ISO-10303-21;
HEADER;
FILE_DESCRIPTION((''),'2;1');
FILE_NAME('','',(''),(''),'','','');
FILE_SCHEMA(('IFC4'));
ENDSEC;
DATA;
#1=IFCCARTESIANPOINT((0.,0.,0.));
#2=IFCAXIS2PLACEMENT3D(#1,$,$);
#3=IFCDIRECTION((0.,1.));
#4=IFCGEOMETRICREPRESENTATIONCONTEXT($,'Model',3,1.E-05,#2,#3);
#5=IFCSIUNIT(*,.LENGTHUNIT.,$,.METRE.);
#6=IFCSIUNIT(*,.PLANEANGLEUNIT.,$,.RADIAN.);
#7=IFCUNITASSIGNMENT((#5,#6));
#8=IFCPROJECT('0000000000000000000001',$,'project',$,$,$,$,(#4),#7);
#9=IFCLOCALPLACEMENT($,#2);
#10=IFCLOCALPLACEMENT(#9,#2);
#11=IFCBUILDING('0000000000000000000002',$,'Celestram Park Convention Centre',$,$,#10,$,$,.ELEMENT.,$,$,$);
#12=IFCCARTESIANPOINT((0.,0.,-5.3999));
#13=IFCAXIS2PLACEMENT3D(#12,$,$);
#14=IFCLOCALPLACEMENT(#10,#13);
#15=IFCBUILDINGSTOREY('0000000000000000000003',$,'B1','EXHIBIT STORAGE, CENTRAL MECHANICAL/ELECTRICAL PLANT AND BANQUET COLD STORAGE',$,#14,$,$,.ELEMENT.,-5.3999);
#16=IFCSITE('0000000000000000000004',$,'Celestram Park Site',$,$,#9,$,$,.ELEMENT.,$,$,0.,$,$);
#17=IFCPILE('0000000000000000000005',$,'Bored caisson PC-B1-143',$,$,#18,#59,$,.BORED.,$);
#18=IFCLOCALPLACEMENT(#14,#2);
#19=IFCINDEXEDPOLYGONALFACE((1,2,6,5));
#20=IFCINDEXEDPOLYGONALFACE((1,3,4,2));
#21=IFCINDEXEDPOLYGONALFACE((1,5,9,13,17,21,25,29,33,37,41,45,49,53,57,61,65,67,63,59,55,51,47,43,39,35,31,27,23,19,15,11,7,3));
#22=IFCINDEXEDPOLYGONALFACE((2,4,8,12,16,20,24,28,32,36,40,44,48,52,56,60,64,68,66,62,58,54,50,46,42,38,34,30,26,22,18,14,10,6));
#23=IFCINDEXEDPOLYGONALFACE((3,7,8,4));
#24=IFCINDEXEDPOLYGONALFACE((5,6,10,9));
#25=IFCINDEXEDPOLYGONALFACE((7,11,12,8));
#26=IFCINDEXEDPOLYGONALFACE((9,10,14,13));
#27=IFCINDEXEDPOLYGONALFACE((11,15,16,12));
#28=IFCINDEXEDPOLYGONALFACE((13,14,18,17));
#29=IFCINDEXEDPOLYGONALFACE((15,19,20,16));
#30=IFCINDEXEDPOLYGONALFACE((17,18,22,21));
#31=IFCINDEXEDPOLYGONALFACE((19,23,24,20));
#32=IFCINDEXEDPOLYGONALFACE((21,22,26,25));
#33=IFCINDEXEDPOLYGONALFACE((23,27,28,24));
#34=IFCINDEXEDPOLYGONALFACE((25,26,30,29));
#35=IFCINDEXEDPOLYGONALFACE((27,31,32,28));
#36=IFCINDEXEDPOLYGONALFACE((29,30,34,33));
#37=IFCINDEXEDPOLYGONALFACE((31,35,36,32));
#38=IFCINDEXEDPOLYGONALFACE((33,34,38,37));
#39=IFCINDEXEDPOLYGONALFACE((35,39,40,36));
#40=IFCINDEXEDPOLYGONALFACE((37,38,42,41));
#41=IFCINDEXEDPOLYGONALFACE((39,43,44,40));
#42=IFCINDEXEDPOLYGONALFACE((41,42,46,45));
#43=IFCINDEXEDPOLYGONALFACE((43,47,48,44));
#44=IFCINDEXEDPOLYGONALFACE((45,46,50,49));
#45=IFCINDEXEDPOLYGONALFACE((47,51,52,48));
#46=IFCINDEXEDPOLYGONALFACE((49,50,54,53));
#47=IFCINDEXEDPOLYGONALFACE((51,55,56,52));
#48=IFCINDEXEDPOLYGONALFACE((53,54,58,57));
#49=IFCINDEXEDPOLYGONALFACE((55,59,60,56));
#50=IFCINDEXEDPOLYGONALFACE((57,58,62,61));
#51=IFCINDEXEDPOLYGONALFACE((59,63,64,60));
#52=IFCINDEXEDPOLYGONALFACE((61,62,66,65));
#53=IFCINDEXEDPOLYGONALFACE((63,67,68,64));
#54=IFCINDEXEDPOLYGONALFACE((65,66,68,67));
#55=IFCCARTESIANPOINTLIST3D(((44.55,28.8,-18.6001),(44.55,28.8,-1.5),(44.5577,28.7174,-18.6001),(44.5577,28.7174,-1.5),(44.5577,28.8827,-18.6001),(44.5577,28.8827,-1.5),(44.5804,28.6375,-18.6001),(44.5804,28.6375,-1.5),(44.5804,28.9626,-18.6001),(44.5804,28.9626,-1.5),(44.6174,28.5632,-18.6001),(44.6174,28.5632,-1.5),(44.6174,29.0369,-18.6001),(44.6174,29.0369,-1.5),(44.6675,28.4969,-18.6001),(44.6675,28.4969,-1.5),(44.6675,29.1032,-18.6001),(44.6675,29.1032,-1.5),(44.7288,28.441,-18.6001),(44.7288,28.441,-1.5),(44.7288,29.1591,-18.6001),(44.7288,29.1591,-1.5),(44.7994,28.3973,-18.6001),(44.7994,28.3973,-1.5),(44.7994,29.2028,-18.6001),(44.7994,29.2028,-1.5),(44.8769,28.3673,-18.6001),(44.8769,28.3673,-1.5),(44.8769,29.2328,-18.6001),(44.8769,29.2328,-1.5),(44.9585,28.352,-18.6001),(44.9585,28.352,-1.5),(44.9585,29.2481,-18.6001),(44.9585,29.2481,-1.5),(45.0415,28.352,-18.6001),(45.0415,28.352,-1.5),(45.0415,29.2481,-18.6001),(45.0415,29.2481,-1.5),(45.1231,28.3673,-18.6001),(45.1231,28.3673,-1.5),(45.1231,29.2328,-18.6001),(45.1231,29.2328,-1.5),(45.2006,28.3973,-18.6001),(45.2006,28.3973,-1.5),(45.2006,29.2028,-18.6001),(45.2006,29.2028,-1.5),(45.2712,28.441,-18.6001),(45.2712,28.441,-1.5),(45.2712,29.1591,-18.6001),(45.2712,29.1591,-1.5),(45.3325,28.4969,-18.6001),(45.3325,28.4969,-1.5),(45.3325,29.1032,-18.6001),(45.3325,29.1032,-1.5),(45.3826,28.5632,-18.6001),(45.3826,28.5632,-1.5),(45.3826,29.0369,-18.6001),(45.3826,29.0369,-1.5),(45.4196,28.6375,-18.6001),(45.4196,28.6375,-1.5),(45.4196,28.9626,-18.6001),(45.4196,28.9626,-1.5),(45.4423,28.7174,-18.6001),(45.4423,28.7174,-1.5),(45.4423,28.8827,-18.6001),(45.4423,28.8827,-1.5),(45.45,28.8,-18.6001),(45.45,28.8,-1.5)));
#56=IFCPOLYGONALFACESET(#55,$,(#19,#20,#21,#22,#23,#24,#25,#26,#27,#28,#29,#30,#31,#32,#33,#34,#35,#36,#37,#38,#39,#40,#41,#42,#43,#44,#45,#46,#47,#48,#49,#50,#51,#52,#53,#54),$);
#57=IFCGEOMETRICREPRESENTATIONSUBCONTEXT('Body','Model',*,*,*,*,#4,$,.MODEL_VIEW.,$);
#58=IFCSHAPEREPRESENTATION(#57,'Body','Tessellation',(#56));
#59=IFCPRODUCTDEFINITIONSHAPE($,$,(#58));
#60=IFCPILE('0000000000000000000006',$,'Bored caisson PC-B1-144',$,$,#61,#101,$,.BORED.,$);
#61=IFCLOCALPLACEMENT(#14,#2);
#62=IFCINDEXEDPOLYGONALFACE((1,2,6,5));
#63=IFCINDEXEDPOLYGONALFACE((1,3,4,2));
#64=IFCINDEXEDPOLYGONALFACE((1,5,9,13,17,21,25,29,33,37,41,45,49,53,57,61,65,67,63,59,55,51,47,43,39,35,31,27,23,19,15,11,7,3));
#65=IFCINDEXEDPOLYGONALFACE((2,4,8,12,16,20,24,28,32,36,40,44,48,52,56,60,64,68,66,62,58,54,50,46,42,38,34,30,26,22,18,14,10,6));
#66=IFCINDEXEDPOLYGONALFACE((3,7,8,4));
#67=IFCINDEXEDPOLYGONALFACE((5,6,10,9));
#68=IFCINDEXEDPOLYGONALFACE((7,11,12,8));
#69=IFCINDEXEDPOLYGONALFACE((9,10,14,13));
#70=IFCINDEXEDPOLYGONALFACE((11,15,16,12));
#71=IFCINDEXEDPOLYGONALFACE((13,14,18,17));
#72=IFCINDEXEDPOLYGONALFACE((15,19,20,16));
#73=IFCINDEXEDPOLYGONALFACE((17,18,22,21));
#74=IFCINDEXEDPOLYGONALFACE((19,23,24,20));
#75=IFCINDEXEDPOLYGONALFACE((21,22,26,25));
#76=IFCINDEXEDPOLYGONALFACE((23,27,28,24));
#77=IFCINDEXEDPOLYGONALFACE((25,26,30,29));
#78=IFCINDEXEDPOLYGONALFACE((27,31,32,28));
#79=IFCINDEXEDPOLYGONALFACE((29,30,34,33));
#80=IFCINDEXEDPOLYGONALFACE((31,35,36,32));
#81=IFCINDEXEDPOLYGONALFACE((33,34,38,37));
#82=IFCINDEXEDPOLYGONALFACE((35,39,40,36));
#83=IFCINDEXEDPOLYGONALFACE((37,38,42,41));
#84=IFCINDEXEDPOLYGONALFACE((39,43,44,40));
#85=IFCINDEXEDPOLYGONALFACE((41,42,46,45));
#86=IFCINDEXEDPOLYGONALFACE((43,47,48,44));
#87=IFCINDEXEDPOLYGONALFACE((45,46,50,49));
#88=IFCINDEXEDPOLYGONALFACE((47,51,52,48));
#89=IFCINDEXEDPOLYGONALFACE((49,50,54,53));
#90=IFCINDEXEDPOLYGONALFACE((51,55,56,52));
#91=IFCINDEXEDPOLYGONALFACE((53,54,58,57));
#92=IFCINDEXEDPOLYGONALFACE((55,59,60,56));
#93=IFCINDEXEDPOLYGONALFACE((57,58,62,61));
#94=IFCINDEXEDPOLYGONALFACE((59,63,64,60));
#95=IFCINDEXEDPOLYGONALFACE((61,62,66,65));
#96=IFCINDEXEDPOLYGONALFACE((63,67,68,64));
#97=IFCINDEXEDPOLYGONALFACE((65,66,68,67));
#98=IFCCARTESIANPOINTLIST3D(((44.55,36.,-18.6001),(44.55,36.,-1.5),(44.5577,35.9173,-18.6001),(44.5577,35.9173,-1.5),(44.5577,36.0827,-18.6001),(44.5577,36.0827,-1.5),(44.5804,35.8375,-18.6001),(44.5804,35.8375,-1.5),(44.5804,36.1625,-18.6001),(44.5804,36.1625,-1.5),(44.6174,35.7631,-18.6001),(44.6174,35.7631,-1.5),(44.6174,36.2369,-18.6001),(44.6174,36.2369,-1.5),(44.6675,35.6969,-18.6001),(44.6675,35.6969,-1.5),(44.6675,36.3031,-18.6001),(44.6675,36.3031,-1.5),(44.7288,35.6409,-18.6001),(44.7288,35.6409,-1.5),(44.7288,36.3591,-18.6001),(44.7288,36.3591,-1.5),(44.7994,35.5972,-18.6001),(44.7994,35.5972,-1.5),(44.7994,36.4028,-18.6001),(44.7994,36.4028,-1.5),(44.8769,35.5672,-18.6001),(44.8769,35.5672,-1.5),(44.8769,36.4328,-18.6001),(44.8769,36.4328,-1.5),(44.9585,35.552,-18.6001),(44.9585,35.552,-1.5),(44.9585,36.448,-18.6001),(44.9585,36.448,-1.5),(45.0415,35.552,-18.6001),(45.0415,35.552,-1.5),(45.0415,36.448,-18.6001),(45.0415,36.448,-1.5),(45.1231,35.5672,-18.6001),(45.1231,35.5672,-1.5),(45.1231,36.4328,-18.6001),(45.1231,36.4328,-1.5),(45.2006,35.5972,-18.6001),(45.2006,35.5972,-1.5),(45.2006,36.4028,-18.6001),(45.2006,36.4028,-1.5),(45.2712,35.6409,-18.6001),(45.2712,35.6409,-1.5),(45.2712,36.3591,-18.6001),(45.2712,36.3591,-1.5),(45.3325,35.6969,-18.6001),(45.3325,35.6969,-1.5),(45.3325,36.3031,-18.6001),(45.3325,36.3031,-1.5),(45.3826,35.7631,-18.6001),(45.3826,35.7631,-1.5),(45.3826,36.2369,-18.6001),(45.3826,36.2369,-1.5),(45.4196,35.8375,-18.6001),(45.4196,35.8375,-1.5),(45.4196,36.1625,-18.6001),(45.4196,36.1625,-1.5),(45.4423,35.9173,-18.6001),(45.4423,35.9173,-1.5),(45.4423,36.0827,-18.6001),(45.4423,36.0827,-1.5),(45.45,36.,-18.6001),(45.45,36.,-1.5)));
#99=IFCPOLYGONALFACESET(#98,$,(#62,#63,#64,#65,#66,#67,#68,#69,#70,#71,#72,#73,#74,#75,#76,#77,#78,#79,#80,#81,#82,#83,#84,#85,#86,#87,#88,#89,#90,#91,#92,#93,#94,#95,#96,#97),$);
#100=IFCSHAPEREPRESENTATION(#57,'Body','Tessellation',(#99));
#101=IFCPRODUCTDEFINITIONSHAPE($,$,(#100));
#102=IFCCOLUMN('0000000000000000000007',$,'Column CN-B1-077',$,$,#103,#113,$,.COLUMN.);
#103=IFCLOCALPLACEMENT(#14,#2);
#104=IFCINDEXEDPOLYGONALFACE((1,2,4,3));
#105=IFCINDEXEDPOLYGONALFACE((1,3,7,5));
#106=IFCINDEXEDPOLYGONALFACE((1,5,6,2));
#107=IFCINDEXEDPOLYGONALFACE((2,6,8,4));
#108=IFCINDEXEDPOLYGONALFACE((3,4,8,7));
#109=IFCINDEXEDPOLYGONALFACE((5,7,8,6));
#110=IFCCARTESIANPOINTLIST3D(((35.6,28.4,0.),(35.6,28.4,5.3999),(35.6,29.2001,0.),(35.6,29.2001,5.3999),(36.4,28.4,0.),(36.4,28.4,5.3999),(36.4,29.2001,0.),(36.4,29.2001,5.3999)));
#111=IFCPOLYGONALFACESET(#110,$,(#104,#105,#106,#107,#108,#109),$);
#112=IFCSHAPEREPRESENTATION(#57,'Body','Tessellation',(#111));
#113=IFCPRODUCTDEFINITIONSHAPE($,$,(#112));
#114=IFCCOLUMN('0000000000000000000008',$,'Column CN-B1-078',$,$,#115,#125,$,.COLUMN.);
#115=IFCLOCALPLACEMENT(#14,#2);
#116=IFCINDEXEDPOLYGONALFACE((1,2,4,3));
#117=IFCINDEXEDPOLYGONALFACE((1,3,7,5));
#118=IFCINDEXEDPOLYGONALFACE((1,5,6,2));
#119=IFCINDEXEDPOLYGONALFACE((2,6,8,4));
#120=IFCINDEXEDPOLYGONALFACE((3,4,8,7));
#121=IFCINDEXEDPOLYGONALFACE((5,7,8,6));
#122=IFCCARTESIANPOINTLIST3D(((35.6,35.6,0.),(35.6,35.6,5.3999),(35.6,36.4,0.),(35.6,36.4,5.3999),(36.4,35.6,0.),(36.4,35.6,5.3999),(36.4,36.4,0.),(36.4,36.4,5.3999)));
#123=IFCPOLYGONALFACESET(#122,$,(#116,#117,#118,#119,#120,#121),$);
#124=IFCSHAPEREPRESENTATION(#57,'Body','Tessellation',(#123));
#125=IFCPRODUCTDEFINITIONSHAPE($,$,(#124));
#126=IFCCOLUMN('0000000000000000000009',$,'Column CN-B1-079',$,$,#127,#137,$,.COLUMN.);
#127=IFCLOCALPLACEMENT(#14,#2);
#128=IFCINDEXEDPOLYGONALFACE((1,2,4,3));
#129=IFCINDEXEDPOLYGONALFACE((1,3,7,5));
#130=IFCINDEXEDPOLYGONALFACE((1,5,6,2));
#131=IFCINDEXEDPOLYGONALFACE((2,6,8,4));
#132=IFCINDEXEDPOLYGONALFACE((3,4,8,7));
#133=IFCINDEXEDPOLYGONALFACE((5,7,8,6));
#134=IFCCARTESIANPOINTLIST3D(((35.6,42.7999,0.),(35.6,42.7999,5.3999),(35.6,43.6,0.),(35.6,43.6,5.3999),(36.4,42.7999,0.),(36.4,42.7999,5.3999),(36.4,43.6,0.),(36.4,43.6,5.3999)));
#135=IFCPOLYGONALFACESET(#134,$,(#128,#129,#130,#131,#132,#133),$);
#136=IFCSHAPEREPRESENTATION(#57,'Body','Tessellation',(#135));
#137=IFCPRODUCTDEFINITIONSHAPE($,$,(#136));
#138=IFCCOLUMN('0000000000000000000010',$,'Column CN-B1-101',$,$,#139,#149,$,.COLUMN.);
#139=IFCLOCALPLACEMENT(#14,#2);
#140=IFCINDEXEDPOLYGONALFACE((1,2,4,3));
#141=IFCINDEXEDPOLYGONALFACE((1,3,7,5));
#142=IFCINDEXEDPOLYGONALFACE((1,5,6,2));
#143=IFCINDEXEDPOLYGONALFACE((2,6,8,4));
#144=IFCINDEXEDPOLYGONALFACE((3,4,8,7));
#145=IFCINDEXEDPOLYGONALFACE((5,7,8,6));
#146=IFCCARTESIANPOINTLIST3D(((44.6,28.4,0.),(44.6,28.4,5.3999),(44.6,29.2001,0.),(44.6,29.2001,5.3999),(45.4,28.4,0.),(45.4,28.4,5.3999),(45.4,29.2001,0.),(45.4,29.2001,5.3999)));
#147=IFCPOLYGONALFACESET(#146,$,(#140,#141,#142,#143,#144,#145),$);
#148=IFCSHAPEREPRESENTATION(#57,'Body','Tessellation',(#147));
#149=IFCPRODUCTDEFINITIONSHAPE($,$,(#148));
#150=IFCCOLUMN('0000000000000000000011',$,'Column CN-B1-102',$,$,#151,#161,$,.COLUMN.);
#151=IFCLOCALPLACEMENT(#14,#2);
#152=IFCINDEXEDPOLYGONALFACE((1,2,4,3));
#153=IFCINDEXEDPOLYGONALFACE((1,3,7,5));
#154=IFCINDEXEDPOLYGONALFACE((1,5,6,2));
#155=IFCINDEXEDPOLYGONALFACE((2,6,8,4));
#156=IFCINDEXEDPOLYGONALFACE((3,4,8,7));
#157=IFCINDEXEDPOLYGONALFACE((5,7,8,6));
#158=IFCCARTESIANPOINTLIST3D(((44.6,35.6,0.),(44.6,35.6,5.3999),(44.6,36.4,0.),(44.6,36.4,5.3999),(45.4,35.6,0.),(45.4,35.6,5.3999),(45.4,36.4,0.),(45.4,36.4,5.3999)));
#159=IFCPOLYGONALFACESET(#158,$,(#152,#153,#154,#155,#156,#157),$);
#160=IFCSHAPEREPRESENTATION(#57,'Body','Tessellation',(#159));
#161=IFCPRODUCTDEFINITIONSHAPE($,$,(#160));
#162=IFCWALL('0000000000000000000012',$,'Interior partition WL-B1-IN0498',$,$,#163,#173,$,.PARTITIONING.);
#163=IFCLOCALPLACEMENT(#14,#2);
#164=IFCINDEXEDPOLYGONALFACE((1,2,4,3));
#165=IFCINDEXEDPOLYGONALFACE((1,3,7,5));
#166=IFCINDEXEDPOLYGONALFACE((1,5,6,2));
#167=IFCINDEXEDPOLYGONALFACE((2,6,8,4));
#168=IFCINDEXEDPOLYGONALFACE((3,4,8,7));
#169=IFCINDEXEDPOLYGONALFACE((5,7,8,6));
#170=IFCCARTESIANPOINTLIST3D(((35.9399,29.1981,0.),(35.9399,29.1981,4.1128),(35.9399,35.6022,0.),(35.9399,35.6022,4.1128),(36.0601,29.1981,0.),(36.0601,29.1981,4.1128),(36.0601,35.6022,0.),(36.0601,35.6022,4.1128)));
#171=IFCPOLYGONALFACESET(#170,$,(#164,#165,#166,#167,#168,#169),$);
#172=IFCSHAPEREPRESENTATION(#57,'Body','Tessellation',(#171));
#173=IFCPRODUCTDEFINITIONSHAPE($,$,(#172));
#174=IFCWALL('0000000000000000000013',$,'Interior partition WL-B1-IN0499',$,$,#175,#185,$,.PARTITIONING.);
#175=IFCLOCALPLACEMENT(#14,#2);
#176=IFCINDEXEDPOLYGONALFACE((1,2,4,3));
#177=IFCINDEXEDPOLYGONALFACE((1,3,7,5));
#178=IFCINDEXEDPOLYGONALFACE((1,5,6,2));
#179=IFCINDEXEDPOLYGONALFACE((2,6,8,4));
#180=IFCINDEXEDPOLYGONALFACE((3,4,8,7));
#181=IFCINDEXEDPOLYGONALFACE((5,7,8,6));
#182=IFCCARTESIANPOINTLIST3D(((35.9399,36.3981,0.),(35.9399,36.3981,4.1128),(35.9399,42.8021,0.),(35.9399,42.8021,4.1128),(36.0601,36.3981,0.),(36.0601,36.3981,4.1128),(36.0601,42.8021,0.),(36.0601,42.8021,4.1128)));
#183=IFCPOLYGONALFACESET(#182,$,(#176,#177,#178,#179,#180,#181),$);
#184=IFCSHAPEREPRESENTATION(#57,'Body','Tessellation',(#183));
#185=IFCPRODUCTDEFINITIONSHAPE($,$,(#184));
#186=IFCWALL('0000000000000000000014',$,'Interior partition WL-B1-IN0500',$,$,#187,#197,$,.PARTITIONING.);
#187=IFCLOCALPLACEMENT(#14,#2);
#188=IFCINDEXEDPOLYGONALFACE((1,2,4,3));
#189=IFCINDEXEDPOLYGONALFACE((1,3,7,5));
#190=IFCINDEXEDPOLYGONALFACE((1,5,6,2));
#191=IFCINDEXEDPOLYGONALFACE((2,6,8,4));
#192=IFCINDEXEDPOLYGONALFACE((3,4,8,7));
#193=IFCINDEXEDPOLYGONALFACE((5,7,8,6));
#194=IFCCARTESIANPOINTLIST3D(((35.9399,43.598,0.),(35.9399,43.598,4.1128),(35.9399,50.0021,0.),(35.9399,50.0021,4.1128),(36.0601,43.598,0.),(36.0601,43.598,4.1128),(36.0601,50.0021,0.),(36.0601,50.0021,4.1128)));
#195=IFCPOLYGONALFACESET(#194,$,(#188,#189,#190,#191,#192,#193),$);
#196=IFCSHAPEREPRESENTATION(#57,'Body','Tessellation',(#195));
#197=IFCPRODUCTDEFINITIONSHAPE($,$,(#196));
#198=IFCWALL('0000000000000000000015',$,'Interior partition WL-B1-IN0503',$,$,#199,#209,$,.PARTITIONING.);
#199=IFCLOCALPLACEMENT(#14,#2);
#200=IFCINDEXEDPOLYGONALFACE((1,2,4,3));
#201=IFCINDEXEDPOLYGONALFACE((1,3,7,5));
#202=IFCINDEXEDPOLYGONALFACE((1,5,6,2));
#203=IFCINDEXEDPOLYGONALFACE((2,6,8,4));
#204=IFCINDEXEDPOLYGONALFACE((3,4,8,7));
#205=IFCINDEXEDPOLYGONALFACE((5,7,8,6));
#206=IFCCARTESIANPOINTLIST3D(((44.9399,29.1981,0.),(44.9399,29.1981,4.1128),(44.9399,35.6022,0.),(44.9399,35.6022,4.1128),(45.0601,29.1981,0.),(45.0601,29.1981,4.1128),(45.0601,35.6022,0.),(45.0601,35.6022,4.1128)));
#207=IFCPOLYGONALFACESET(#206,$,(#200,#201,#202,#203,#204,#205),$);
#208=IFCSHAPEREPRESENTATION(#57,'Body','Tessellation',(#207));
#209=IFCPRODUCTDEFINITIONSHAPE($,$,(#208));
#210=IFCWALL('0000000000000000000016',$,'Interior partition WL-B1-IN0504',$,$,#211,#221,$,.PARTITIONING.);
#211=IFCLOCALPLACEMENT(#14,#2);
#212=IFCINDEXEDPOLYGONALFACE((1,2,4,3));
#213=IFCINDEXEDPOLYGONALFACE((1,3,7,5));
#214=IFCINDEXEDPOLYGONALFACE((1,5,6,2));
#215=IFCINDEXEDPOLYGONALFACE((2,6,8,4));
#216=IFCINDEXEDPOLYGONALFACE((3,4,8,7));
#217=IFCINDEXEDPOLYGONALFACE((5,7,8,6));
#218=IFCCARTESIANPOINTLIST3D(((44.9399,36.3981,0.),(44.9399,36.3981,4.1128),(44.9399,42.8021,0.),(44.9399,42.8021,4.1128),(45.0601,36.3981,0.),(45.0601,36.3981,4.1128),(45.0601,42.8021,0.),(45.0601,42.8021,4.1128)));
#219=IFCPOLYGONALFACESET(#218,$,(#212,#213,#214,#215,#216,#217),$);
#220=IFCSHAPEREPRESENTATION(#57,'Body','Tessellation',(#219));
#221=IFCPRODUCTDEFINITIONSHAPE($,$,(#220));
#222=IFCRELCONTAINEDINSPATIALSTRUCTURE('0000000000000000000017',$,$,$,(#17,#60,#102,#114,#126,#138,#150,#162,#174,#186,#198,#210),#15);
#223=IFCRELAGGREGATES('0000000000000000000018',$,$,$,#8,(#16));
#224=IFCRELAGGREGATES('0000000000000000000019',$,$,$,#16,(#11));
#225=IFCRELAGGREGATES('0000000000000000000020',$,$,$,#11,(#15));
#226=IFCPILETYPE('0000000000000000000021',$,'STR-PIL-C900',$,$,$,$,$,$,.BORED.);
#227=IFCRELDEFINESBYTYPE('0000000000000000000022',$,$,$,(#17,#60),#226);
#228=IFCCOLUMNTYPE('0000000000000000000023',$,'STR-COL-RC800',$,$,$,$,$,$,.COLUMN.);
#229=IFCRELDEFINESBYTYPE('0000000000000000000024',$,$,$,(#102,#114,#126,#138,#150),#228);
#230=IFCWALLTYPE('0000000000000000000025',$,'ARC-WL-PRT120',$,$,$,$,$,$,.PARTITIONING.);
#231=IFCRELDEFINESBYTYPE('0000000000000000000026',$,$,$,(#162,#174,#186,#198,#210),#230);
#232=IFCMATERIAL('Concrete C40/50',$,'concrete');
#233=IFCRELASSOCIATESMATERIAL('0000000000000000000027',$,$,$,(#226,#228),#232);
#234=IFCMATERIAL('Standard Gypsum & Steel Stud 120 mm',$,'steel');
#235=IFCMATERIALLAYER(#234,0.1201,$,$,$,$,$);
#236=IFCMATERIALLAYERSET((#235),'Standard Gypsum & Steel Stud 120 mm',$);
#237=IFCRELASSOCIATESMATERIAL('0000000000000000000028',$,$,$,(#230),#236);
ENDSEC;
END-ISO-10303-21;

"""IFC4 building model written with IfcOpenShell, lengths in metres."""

from ifc_helpers import new_model, si_unit, direction, frame, frame_2d, origin, origin_2d, place, context, subcontext, project, spatial, rectangle, circle, extrude, material, layer, layer_set, material_profile, profile_set, type_object, element, save


model = new_model("IFC4")

# Units and contexts
model_context = context("Model", 3, precision=1e-05, world=origin(), true_north=direction((0.0, 1.0)))
body_context = subcontext(model_context, "Body", "Model", "MODEL_VIEW")
ifc_project = project(units=[si_unit("LENGTHUNIT", "METRE"), si_unit("PLANEANGLEUNIT", "RADIAN")], contexts=[model_context])

# Site, building, storey
site_placement = place(None, origin())
site = spatial("IfcSite", under=ifc_project, at=site_placement, Name="Celestram Park Site", CompositionType="ELEMENT", RefElevation=0.0)
building_placement = place(site_placement, origin())
building = spatial("IfcBuilding", under=site, at=building_placement, Name="Celestram Park Convention Centre", CompositionType="ELEMENT")
storey_placement = place(building_placement, frame((0.0, 0.0, -5.3999)))
storey = spatial("IfcBuildingStorey", under=building, at=storey_placement, Name="B1", Description="EXHIBIT STORAGE, CENTRAL MECHANICAL/ELECTRICAL PLANT AND BANQUET COLD STORAGE", CompositionType="ELEMENT", Elevation=-5.3999)

# Shared definitions
ifc_material_1 = material(Name="Concrete C40/50", Category="concrete")

# Piles
ifc_material_profile_1 = material_profile(ifc_material_1, circle(Radius=0.45, at=origin_2d()), Name="CAISSON900")
ifc_profile_set_1 = profile_set([ifc_material_profile_1], Name="Concrete C40/50")
pile_type = type_object("IfcPileType", Name="STR-PIL-C900", PredefinedType="BORED", material=ifc_profile_set_1)
for number, where, z_axis, x_axis, name in (
    (1, (45.0, 28.8, -1.5), (0.0, 0.0, -1.0), (1.0, 0.0, 0.0), "Bored caisson PC-B1-143"),
    (2, (45.0, 36.0, -1.5), (0.0, 0.0, -1.0), (1.0, 0.0, 0.0), "Bored caisson PC-B1-144"),
):
    element("IfcPile", number, at=place(storey_placement, frame(where, z_axis=z_axis, x_axis=x_axis)), inside=storey, type_object=pile_type, Name=name, PredefinedType="BORED", context=body_context, shape_type="SweptSolid", body=[
        extrude(circle(Radius=0.45, at=origin_2d()), origin(), (0.0, 0.0, 1.0), 17.1001),
    ])

# Columns
ifc_material_profile_2 = material_profile(ifc_material_1, rectangle(XDim=0.8, YDim=0.8, at=origin_2d()), Name="RC800X800")
ifc_profile_set_2 = profile_set([ifc_material_profile_2], Name="Concrete C40/50")
column_type = type_object("IfcColumnType", Name="STR-COL-RC800", PredefinedType="COLUMN", material=ifc_profile_set_2)
for number, where, z_axis, x_axis, name in (
    (3, (36.0, 28.8, 0.0), (0.0, 0.0, 1.0), (1.0, 0.0, 0.0), "Column CN-B1-077"),
    (4, (36.0, 36.0, 0.0), (0.0, 0.0, 1.0), (1.0, 0.0, 0.0), "Column CN-B1-078"),
    (5, (36.0, 43.2, 0.0), (0.0, 0.0, 1.0), (1.0, 0.0, 0.0), "Column CN-B1-079"),
    (6, (45.0, 28.8, 0.0), (0.0, 0.0, 1.0), (1.0, 0.0, 0.0), "Column CN-B1-101"),
    (7, (45.0, 36.0, 0.0), (0.0, 0.0, 1.0), (1.0, 0.0, 0.0), "Column CN-B1-102"),
):
    element("IfcColumn", number, at=place(storey_placement, frame(where, z_axis=z_axis, x_axis=x_axis)), inside=storey, type_object=column_type, Name=name, PredefinedType="COLUMN", context=body_context, shape_type="SweptSolid", body=[
        extrude(rectangle(XDim=0.8, YDim=0.8, at=origin_2d()), origin(), (0.0, 0.0, 1.0), 5.3999),
    ])

# Walls
ifc_material_2 = material(Name="Standard Gypsum & Steel Stud 120 mm", Category="steel")
ifc_layer = layer(ifc_material_2, 0.1201)
ifc_layer_set = layer_set([ifc_layer], Name="Standard Gypsum & Steel Stud 120 mm")
wall_type = type_object("IfcWallType", Name="ARC-WL-PRT120", PredefinedType="PARTITIONING", material=ifc_layer_set)
for number, where, z_axis, x_axis, name in (
    (8, (36.0, 29.198, 0.0), (0.0, 0.0, 1.0), (0.0, 1.0, 0.0), "Interior partition WL-B1-IN0498"),
    (9, (36.0, 36.3979, 0.0), (0.0, 0.0, 1.0), (0.0, 1.0, 0.0), "Interior partition WL-B1-IN0499"),
    (10, (36.0, 43.5979, 0.0), (0.0, 0.0, 1.0), (0.0, 1.0, 0.0), "Interior partition WL-B1-IN0500"),
    (11, (45.0, 29.198, 0.0), (0.0, 0.0, 1.0), (0.0, 1.0, 0.0), "Interior partition WL-B1-IN0503"),
    (12, (45.0, 36.3979, 0.0), (0.0, 0.0, 1.0), (0.0, 1.0, 0.0), "Interior partition WL-B1-IN0504"),
):
    element("IfcWall", number, at=place(storey_placement, frame(where, z_axis=z_axis, x_axis=x_axis)), inside=storey, type_object=wall_type, Name=name, PredefinedType="PARTITIONING", context=body_context, shape_type="SweptSolid", body=[
        extrude(rectangle(XDim=6.4041, YDim=0.1201, at=frame_2d((3.2021, 0.0))), origin(), (0.0, 0.0, 1.0), 4.1128),
    ])

save(model, "model.ifc")
